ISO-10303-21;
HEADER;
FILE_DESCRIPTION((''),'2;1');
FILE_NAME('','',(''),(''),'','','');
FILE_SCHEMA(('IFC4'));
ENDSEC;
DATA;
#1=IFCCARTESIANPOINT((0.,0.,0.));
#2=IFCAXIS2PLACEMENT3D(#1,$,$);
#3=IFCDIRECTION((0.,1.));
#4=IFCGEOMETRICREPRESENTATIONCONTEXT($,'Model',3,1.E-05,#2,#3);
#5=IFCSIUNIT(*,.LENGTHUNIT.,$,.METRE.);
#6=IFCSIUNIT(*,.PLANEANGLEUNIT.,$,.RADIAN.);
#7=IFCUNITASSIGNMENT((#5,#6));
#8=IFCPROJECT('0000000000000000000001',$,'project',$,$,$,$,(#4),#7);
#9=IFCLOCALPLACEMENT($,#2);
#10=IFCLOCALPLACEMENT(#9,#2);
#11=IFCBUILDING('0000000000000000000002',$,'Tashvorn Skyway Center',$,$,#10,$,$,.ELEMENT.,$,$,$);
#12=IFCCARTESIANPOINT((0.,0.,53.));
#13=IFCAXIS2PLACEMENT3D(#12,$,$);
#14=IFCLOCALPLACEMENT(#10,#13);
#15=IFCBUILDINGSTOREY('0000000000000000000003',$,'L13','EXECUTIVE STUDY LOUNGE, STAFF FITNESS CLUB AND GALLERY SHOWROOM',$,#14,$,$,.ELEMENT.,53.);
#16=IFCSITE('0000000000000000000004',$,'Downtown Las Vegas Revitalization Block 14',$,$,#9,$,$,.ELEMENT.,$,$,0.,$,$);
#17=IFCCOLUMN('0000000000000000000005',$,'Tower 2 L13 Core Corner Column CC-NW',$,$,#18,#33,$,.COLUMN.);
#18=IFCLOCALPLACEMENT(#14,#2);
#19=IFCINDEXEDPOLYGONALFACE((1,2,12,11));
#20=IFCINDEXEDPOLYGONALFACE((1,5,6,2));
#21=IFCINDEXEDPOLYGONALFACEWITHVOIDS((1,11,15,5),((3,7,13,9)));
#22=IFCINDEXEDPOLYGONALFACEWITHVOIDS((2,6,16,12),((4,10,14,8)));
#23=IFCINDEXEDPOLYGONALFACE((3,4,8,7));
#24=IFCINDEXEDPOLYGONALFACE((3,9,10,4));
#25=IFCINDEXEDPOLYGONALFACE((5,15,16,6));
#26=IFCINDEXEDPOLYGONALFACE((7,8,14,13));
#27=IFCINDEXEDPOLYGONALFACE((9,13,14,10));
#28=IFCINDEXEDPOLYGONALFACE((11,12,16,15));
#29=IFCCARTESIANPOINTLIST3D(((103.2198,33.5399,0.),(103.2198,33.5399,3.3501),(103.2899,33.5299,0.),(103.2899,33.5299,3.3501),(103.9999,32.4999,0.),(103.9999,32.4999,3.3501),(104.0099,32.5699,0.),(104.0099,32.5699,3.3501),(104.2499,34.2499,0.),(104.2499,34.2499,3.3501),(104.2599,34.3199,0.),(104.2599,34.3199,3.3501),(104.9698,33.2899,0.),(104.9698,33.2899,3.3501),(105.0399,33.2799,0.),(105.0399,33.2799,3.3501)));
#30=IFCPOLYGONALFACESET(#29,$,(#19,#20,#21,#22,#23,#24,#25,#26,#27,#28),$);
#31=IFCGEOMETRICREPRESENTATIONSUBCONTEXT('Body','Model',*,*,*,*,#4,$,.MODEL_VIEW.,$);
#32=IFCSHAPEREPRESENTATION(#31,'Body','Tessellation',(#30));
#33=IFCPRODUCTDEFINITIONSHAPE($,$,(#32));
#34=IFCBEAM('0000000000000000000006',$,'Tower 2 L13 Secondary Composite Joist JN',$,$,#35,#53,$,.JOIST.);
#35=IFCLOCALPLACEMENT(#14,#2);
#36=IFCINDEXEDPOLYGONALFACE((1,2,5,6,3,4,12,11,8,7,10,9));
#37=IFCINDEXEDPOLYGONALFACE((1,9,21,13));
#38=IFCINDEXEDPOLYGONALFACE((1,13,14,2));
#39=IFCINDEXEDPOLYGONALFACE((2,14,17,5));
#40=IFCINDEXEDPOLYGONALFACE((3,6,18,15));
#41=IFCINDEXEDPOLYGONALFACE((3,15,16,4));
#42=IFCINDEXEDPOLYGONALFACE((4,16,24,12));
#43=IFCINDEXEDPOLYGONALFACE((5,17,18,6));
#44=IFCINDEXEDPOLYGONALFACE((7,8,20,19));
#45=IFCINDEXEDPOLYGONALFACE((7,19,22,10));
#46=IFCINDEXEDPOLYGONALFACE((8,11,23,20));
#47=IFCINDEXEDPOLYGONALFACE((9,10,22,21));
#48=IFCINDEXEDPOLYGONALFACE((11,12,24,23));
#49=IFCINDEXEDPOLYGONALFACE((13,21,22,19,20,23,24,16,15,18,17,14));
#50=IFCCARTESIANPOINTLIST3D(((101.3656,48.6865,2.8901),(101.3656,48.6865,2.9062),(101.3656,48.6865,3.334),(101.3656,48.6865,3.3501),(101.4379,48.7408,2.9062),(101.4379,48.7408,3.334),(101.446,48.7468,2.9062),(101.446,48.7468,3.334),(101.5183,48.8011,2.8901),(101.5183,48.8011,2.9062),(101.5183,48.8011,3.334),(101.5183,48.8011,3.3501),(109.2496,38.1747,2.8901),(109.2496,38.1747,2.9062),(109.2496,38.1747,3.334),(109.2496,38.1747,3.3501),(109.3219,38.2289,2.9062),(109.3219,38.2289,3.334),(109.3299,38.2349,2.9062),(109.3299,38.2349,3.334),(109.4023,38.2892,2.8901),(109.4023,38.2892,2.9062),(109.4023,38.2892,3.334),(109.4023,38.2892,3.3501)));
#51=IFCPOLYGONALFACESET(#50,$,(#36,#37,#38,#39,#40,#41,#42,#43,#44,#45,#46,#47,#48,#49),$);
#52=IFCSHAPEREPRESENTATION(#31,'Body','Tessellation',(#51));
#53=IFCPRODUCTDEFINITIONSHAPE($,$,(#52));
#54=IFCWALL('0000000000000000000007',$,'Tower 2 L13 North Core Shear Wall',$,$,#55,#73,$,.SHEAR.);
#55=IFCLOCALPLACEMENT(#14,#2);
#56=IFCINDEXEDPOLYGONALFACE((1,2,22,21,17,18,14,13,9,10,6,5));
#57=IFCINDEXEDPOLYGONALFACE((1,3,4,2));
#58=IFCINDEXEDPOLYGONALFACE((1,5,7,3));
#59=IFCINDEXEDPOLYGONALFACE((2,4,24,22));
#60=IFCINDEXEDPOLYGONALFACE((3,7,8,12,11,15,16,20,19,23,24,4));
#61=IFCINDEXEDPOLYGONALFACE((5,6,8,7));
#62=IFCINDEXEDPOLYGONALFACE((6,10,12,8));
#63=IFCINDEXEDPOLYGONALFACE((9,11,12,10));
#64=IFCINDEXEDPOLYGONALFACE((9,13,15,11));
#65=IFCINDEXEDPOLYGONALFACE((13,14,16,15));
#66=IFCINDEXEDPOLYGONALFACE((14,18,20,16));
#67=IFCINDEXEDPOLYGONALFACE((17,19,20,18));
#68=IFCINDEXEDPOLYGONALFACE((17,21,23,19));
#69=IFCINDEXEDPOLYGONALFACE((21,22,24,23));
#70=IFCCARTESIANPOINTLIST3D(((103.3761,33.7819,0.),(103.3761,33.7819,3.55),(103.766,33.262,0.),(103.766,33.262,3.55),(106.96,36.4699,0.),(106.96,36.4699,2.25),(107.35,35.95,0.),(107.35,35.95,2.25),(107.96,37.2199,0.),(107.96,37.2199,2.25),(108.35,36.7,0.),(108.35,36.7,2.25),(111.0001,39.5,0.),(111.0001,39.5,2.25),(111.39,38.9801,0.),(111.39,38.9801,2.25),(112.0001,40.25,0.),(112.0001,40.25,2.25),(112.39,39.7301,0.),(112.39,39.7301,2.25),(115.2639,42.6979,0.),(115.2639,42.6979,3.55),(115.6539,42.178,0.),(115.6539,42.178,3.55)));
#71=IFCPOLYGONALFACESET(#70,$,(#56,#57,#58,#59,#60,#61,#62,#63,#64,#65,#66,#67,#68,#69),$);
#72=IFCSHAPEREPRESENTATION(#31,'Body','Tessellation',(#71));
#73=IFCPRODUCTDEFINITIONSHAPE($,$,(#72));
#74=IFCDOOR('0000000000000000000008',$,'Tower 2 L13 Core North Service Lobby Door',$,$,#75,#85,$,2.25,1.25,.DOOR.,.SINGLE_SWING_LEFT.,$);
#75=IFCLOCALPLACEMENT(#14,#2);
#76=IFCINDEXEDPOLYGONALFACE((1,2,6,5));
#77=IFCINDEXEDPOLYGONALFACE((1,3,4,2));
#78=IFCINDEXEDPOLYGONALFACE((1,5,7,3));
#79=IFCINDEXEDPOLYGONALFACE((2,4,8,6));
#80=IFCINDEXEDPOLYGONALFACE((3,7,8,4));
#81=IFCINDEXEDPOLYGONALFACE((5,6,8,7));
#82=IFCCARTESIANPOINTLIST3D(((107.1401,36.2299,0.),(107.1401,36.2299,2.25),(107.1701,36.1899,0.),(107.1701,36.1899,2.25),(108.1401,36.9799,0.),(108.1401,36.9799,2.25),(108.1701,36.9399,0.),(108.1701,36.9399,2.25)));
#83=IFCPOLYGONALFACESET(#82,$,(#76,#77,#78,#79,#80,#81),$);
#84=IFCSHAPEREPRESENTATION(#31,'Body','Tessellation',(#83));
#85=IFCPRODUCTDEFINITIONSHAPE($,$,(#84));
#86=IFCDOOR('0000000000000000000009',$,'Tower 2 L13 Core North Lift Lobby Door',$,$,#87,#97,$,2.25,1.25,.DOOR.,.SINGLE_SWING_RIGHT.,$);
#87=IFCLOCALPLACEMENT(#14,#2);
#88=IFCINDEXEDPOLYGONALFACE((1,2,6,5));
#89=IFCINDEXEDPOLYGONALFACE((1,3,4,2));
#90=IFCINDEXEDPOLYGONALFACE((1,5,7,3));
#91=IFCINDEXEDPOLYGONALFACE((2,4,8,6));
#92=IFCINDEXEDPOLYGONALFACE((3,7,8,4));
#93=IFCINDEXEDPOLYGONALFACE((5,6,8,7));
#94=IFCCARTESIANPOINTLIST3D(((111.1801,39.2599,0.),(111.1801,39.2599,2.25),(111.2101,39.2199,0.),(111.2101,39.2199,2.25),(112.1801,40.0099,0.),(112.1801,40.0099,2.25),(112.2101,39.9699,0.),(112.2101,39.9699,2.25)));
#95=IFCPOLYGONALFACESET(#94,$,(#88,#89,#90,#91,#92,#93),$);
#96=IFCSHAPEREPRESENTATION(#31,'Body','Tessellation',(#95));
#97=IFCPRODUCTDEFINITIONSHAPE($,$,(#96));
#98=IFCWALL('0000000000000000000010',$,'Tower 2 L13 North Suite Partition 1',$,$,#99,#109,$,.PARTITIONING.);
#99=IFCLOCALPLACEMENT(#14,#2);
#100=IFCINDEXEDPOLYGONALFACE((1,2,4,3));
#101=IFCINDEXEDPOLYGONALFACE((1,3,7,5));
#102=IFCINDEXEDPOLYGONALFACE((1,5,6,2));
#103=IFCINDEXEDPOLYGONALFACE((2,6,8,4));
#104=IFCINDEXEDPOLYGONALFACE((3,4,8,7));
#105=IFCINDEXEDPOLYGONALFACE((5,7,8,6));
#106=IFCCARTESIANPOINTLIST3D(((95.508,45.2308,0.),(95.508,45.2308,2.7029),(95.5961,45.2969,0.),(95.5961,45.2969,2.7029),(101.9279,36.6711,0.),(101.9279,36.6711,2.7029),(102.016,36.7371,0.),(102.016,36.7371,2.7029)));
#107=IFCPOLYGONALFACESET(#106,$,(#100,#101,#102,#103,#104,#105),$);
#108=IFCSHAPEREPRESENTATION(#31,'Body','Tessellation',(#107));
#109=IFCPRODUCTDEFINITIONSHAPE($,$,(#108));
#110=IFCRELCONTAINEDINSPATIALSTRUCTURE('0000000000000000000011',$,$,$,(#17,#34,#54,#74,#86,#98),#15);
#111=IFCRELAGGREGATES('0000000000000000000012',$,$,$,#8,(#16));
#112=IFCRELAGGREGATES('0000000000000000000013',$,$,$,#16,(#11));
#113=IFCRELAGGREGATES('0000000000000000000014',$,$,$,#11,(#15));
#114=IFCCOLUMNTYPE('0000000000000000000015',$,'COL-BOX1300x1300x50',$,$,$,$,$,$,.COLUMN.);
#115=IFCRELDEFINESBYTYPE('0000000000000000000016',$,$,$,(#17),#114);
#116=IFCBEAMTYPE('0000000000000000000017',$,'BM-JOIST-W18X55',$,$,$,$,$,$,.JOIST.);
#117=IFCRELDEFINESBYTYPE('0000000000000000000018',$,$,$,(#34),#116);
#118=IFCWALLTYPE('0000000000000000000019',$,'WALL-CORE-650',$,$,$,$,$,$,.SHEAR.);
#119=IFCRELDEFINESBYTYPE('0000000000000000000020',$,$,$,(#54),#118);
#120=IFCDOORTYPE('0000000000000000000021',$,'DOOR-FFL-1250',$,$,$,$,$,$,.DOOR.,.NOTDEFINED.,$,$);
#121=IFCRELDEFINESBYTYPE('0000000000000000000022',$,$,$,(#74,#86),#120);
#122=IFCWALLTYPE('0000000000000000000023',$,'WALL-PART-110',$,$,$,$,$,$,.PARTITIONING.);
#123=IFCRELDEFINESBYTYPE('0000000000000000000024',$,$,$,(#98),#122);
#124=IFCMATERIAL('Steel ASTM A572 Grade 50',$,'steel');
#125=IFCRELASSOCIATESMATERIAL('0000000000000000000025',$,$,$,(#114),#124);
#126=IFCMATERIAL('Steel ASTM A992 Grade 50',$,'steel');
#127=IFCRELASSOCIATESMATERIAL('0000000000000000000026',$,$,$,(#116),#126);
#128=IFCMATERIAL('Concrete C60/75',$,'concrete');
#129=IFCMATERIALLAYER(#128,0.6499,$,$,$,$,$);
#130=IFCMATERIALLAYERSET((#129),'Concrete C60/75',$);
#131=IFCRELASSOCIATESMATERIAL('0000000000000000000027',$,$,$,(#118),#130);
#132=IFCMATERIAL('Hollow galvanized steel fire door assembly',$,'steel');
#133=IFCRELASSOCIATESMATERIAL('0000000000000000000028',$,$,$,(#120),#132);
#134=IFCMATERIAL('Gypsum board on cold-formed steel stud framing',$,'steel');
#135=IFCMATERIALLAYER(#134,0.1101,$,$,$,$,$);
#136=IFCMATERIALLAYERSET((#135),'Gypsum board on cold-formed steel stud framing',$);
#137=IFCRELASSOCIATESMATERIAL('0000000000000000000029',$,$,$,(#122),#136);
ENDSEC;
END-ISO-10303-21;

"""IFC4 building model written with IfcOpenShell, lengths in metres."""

from ifc_helpers import new_model, si_unit, direction, frame, frame_2d, origin, origin_2d, place, context, subcontext, project, spatial, rectangle, hollow_rectangle, i_section, extrude, material, layer, layer_set, material_profile, profile_set, type_object, element, fill, save


model = new_model("IFC4")

# Units and contexts
model_context = context("Model", 3, precision=1e-05, world=origin(), true_north=direction((0.0, 1.0)))
body_context = subcontext(model_context, "Body", "Model", "MODEL_VIEW")
ifc_project = project(units=[si_unit("LENGTHUNIT", "METRE"), si_unit("PLANEANGLEUNIT", "RADIAN")], contexts=[model_context])

# Site, building, storey
site_placement = place(None, origin())
site = spatial("IfcSite", under=ifc_project, at=site_placement, Name="Downtown Las Vegas Revitalization Block 14", CompositionType="ELEMENT", RefElevation=0.0)
building_placement = place(site_placement, origin())
building = spatial("IfcBuilding", under=site, at=building_placement, Name="Tashvorn Skyway Center", CompositionType="ELEMENT")
storey_placement = place(building_placement, frame((0.0, 0.0, 53.0)))
storey = spatial("IfcBuildingStorey", under=building, at=storey_placement, Name="L13", Description="EXECUTIVE STUDY LOUNGE, STAFF FITNESS CLUB AND GALLERY SHOWROOM", CompositionType="ELEMENT", Elevation=53.0)

# Column
ifc_material_1 = material(Name="Steel ASTM A572 Grade 50", Category="steel")
ifc_material_profile_1 = material_profile(ifc_material_1, hollow_rectangle(XDim=1.3, YDim=1.3, WallThickness=0.05, at=origin_2d()), Name="BOX1300x1300x50")
ifc_profile_set_1 = profile_set([ifc_material_profile_1], Name="Steel ASTM A572 Grade 50")
column_type = type_object("IfcColumnType", Name="COL-BOX1300x1300x50", PredefinedType="COLUMN", material=ifc_profile_set_1)
column_placement = place(storey_placement, frame((104.1299, 33.4099, 0.0), z_axis=(0.0, 0.0, 1.0), x_axis=(0.8, 0.6, 0.0)))
element("IfcColumn", 1, at=column_placement, inside=storey, type_object=column_type, Name="Tower 2 L13 Core Corner Column CC-NW", PredefinedType="COLUMN", context=body_context, shape_type="SweptSolid", body=[
    extrude(hollow_rectangle(XDim=1.3, YDim=1.3, WallThickness=0.05, at=origin_2d()), origin(), (0.0, 0.0, 1.0), 3.3501),
])

# Beam
ifc_material_2 = material(Name="Steel ASTM A992 Grade 50", Category="steel")
ifc_material_profile_2 = material_profile(ifc_material_2, i_section(OverallWidth=0.1909, OverallDepth=0.46, WebThickness=0.01, FlangeThickness=0.0161, at=origin_2d()), Name="W18X55")
ifc_profile_set_2 = profile_set([ifc_material_profile_2], Name="Steel ASTM A992 Grade 50")
beam_type = type_object("IfcBeamType", Name="BM-JOIST-W18X55", PredefinedType="JOIST", material=ifc_profile_set_2)
beam_placement = place(storey_placement, frame((109.3259, 38.2319, 3.1201), z_axis=(-0.600003, 0.799998, 0.0), x_axis=(-0.799998, -0.600003, 0.0)))
element("IfcBeam", 2, at=beam_placement, inside=storey, type_object=beam_type, Name="Tower 2 L13 Secondary Composite Joist JN", PredefinedType="JOIST", context=body_context, shape_type="SweptSolid", body=[
    extrude(i_section(OverallWidth=0.1909, OverallDepth=0.46, WebThickness=0.01, FlangeThickness=0.0161, at=origin_2d()), origin(), (0.0, 0.0, 1.0), 13.1399),
])

# Wall, openings, doors
ifc_material_3 = material(Name="Concrete C60/75", Category="concrete")
ifc_layer_1 = layer(ifc_material_3, 0.6499)
ifc_layer_set_1 = layer_set([ifc_layer_1], Name="Concrete C60/75")
wall_type_1 = type_object("IfcWallType", Name="WALL-CORE-650", PredefinedType="SHEAR", material=ifc_layer_set_1)
wall_1_placement = place(storey_placement, frame((103.571, 33.522, 0.0), z_axis=(0.0, 0.0, 1.0), x_axis=(0.799998, 0.600003, 0.0)))
wall_1 = element("IfcWall", 3, at=wall_1_placement, inside=storey, type_object=wall_type_1, Name="Tower 2 L13 North Core Shear Wall", PredefinedType="SHEAR", context=body_context, shape_type="SweptSolid", body=[
    extrude(rectangle(XDim=14.8599, YDim=0.6499, at=frame_2d((7.4299, 0.0))), origin(), (0.0, 0.0, 1.0), 3.55),
])
opening_1_placement = place(wall_1_placement, frame((4.48, 0.0, 0.0)))
opening_1 = element("IfcOpeningElement", 4, at=opening_1_placement, cuts=wall_1, PredefinedType="OPENING", context=body_context, shape_type="SweptSolid", body=[
    extrude(rectangle(XDim=1.25, YDim=2.25, at=frame_2d((0.625, 1.125))), frame((0.0, 0.335, 0.0), z_axis=(0.0, -1.0, 0.0), x_axis=(1.0, 0.0, 0.0)), (0.0, 0.0, 1.0), 0.6699),
])
opening_2_placement = place(wall_1_placement, frame((9.53, 0.0, 0.0)))
opening_2 = element("IfcOpeningElement", 5, at=opening_2_placement, cuts=wall_1, PredefinedType="OPENING", context=body_context, shape_type="SweptSolid", body=[
    extrude(rectangle(XDim=1.25, YDim=2.25, at=frame_2d((0.625, 1.125))), frame((0.0, 0.335, 0.0), z_axis=(0.0, -1.0, 0.0), x_axis=(1.0, 0.0, 0.0)), (0.0, 0.0, 1.0), 0.6699),
])
ifc_material_4 = material(Name="Hollow galvanized steel fire door assembly", Category="steel")
door_type_1 = type_object("IfcDoorType", Name="DOOR-FFL-1250", OperationType="NOTDEFINED", PredefinedType="DOOR", material=ifc_material_4)
door_1_placement = place(opening_1_placement, origin())
door_1 = element("IfcDoor", 6, at=door_1_placement, inside=storey, type_object=door_type_1, Name="Tower 2 L13 Core North Service Lobby Door", OperationType="SINGLE_SWING_LEFT", OverallHeight=2.25, OverallWidth=1.25, PredefinedType="DOOR", context=body_context, shape_type="SweptSolid", body=[
    extrude(rectangle(XDim=1.25, YDim=2.25, at=frame_2d((0.625, 1.125))), frame((0.0, 0.0249, 0.0), z_axis=(0.0, -1.0, 0.0), x_axis=(1.0, 0.0, 0.0)), (0.0, 0.0, 1.0), 0.05),
])
fill(opening_1, door_1)
door_2_placement = place(opening_2_placement, origin())
door_2 = element("IfcDoor", 7, at=door_2_placement, inside=storey, type_object=door_type_1, Name="Tower 2 L13 Core North Lift Lobby Door", OperationType="SINGLE_SWING_RIGHT", OverallHeight=2.25, OverallWidth=1.25, PredefinedType="DOOR", context=body_context, shape_type="SweptSolid", body=[
    extrude(rectangle(XDim=1.25, YDim=2.25, at=frame_2d((0.625, 1.125))), frame((0.0, 0.0249, 0.0), z_axis=(0.0, -1.0, 0.0), x_axis=(1.0, 0.0, 0.0)), (0.0, 0.0, 1.0), 0.05),
])
fill(opening_2, door_2)

# Wall
ifc_material_5 = material(Name="Gypsum board on cold-formed steel stud framing", Category="steel")
ifc_layer_2 = layer(ifc_material_5, 0.1101)
ifc_layer_set_2 = layer_set([ifc_layer_2], Name="Gypsum board on cold-formed steel stud framing")
wall_type_2 = type_object("IfcWallType", Name="WALL-PART-110", PredefinedType="PARTITIONING", material=ifc_layer_set_2)
wall_2_placement = place(storey_placement, frame((101.9719, 36.7041, 0.0), z_axis=(0.0, 0.0, 1.0), x_axis=(-0.600004, 0.799997, 0.0)))
element("IfcWall", 8, at=wall_2_placement, inside=storey, type_object=wall_type_2, Name="Tower 2 L13 North Suite Partition 1", PredefinedType="PARTITIONING", context=body_context, shape_type="SweptSolid", body=[
    extrude(rectangle(XDim=10.6997, YDim=0.1101, at=frame_2d((5.3499, 0.0))), origin(), (0.0, 0.0, 1.0), 2.7029),
])

save(model, "model.ifc")
